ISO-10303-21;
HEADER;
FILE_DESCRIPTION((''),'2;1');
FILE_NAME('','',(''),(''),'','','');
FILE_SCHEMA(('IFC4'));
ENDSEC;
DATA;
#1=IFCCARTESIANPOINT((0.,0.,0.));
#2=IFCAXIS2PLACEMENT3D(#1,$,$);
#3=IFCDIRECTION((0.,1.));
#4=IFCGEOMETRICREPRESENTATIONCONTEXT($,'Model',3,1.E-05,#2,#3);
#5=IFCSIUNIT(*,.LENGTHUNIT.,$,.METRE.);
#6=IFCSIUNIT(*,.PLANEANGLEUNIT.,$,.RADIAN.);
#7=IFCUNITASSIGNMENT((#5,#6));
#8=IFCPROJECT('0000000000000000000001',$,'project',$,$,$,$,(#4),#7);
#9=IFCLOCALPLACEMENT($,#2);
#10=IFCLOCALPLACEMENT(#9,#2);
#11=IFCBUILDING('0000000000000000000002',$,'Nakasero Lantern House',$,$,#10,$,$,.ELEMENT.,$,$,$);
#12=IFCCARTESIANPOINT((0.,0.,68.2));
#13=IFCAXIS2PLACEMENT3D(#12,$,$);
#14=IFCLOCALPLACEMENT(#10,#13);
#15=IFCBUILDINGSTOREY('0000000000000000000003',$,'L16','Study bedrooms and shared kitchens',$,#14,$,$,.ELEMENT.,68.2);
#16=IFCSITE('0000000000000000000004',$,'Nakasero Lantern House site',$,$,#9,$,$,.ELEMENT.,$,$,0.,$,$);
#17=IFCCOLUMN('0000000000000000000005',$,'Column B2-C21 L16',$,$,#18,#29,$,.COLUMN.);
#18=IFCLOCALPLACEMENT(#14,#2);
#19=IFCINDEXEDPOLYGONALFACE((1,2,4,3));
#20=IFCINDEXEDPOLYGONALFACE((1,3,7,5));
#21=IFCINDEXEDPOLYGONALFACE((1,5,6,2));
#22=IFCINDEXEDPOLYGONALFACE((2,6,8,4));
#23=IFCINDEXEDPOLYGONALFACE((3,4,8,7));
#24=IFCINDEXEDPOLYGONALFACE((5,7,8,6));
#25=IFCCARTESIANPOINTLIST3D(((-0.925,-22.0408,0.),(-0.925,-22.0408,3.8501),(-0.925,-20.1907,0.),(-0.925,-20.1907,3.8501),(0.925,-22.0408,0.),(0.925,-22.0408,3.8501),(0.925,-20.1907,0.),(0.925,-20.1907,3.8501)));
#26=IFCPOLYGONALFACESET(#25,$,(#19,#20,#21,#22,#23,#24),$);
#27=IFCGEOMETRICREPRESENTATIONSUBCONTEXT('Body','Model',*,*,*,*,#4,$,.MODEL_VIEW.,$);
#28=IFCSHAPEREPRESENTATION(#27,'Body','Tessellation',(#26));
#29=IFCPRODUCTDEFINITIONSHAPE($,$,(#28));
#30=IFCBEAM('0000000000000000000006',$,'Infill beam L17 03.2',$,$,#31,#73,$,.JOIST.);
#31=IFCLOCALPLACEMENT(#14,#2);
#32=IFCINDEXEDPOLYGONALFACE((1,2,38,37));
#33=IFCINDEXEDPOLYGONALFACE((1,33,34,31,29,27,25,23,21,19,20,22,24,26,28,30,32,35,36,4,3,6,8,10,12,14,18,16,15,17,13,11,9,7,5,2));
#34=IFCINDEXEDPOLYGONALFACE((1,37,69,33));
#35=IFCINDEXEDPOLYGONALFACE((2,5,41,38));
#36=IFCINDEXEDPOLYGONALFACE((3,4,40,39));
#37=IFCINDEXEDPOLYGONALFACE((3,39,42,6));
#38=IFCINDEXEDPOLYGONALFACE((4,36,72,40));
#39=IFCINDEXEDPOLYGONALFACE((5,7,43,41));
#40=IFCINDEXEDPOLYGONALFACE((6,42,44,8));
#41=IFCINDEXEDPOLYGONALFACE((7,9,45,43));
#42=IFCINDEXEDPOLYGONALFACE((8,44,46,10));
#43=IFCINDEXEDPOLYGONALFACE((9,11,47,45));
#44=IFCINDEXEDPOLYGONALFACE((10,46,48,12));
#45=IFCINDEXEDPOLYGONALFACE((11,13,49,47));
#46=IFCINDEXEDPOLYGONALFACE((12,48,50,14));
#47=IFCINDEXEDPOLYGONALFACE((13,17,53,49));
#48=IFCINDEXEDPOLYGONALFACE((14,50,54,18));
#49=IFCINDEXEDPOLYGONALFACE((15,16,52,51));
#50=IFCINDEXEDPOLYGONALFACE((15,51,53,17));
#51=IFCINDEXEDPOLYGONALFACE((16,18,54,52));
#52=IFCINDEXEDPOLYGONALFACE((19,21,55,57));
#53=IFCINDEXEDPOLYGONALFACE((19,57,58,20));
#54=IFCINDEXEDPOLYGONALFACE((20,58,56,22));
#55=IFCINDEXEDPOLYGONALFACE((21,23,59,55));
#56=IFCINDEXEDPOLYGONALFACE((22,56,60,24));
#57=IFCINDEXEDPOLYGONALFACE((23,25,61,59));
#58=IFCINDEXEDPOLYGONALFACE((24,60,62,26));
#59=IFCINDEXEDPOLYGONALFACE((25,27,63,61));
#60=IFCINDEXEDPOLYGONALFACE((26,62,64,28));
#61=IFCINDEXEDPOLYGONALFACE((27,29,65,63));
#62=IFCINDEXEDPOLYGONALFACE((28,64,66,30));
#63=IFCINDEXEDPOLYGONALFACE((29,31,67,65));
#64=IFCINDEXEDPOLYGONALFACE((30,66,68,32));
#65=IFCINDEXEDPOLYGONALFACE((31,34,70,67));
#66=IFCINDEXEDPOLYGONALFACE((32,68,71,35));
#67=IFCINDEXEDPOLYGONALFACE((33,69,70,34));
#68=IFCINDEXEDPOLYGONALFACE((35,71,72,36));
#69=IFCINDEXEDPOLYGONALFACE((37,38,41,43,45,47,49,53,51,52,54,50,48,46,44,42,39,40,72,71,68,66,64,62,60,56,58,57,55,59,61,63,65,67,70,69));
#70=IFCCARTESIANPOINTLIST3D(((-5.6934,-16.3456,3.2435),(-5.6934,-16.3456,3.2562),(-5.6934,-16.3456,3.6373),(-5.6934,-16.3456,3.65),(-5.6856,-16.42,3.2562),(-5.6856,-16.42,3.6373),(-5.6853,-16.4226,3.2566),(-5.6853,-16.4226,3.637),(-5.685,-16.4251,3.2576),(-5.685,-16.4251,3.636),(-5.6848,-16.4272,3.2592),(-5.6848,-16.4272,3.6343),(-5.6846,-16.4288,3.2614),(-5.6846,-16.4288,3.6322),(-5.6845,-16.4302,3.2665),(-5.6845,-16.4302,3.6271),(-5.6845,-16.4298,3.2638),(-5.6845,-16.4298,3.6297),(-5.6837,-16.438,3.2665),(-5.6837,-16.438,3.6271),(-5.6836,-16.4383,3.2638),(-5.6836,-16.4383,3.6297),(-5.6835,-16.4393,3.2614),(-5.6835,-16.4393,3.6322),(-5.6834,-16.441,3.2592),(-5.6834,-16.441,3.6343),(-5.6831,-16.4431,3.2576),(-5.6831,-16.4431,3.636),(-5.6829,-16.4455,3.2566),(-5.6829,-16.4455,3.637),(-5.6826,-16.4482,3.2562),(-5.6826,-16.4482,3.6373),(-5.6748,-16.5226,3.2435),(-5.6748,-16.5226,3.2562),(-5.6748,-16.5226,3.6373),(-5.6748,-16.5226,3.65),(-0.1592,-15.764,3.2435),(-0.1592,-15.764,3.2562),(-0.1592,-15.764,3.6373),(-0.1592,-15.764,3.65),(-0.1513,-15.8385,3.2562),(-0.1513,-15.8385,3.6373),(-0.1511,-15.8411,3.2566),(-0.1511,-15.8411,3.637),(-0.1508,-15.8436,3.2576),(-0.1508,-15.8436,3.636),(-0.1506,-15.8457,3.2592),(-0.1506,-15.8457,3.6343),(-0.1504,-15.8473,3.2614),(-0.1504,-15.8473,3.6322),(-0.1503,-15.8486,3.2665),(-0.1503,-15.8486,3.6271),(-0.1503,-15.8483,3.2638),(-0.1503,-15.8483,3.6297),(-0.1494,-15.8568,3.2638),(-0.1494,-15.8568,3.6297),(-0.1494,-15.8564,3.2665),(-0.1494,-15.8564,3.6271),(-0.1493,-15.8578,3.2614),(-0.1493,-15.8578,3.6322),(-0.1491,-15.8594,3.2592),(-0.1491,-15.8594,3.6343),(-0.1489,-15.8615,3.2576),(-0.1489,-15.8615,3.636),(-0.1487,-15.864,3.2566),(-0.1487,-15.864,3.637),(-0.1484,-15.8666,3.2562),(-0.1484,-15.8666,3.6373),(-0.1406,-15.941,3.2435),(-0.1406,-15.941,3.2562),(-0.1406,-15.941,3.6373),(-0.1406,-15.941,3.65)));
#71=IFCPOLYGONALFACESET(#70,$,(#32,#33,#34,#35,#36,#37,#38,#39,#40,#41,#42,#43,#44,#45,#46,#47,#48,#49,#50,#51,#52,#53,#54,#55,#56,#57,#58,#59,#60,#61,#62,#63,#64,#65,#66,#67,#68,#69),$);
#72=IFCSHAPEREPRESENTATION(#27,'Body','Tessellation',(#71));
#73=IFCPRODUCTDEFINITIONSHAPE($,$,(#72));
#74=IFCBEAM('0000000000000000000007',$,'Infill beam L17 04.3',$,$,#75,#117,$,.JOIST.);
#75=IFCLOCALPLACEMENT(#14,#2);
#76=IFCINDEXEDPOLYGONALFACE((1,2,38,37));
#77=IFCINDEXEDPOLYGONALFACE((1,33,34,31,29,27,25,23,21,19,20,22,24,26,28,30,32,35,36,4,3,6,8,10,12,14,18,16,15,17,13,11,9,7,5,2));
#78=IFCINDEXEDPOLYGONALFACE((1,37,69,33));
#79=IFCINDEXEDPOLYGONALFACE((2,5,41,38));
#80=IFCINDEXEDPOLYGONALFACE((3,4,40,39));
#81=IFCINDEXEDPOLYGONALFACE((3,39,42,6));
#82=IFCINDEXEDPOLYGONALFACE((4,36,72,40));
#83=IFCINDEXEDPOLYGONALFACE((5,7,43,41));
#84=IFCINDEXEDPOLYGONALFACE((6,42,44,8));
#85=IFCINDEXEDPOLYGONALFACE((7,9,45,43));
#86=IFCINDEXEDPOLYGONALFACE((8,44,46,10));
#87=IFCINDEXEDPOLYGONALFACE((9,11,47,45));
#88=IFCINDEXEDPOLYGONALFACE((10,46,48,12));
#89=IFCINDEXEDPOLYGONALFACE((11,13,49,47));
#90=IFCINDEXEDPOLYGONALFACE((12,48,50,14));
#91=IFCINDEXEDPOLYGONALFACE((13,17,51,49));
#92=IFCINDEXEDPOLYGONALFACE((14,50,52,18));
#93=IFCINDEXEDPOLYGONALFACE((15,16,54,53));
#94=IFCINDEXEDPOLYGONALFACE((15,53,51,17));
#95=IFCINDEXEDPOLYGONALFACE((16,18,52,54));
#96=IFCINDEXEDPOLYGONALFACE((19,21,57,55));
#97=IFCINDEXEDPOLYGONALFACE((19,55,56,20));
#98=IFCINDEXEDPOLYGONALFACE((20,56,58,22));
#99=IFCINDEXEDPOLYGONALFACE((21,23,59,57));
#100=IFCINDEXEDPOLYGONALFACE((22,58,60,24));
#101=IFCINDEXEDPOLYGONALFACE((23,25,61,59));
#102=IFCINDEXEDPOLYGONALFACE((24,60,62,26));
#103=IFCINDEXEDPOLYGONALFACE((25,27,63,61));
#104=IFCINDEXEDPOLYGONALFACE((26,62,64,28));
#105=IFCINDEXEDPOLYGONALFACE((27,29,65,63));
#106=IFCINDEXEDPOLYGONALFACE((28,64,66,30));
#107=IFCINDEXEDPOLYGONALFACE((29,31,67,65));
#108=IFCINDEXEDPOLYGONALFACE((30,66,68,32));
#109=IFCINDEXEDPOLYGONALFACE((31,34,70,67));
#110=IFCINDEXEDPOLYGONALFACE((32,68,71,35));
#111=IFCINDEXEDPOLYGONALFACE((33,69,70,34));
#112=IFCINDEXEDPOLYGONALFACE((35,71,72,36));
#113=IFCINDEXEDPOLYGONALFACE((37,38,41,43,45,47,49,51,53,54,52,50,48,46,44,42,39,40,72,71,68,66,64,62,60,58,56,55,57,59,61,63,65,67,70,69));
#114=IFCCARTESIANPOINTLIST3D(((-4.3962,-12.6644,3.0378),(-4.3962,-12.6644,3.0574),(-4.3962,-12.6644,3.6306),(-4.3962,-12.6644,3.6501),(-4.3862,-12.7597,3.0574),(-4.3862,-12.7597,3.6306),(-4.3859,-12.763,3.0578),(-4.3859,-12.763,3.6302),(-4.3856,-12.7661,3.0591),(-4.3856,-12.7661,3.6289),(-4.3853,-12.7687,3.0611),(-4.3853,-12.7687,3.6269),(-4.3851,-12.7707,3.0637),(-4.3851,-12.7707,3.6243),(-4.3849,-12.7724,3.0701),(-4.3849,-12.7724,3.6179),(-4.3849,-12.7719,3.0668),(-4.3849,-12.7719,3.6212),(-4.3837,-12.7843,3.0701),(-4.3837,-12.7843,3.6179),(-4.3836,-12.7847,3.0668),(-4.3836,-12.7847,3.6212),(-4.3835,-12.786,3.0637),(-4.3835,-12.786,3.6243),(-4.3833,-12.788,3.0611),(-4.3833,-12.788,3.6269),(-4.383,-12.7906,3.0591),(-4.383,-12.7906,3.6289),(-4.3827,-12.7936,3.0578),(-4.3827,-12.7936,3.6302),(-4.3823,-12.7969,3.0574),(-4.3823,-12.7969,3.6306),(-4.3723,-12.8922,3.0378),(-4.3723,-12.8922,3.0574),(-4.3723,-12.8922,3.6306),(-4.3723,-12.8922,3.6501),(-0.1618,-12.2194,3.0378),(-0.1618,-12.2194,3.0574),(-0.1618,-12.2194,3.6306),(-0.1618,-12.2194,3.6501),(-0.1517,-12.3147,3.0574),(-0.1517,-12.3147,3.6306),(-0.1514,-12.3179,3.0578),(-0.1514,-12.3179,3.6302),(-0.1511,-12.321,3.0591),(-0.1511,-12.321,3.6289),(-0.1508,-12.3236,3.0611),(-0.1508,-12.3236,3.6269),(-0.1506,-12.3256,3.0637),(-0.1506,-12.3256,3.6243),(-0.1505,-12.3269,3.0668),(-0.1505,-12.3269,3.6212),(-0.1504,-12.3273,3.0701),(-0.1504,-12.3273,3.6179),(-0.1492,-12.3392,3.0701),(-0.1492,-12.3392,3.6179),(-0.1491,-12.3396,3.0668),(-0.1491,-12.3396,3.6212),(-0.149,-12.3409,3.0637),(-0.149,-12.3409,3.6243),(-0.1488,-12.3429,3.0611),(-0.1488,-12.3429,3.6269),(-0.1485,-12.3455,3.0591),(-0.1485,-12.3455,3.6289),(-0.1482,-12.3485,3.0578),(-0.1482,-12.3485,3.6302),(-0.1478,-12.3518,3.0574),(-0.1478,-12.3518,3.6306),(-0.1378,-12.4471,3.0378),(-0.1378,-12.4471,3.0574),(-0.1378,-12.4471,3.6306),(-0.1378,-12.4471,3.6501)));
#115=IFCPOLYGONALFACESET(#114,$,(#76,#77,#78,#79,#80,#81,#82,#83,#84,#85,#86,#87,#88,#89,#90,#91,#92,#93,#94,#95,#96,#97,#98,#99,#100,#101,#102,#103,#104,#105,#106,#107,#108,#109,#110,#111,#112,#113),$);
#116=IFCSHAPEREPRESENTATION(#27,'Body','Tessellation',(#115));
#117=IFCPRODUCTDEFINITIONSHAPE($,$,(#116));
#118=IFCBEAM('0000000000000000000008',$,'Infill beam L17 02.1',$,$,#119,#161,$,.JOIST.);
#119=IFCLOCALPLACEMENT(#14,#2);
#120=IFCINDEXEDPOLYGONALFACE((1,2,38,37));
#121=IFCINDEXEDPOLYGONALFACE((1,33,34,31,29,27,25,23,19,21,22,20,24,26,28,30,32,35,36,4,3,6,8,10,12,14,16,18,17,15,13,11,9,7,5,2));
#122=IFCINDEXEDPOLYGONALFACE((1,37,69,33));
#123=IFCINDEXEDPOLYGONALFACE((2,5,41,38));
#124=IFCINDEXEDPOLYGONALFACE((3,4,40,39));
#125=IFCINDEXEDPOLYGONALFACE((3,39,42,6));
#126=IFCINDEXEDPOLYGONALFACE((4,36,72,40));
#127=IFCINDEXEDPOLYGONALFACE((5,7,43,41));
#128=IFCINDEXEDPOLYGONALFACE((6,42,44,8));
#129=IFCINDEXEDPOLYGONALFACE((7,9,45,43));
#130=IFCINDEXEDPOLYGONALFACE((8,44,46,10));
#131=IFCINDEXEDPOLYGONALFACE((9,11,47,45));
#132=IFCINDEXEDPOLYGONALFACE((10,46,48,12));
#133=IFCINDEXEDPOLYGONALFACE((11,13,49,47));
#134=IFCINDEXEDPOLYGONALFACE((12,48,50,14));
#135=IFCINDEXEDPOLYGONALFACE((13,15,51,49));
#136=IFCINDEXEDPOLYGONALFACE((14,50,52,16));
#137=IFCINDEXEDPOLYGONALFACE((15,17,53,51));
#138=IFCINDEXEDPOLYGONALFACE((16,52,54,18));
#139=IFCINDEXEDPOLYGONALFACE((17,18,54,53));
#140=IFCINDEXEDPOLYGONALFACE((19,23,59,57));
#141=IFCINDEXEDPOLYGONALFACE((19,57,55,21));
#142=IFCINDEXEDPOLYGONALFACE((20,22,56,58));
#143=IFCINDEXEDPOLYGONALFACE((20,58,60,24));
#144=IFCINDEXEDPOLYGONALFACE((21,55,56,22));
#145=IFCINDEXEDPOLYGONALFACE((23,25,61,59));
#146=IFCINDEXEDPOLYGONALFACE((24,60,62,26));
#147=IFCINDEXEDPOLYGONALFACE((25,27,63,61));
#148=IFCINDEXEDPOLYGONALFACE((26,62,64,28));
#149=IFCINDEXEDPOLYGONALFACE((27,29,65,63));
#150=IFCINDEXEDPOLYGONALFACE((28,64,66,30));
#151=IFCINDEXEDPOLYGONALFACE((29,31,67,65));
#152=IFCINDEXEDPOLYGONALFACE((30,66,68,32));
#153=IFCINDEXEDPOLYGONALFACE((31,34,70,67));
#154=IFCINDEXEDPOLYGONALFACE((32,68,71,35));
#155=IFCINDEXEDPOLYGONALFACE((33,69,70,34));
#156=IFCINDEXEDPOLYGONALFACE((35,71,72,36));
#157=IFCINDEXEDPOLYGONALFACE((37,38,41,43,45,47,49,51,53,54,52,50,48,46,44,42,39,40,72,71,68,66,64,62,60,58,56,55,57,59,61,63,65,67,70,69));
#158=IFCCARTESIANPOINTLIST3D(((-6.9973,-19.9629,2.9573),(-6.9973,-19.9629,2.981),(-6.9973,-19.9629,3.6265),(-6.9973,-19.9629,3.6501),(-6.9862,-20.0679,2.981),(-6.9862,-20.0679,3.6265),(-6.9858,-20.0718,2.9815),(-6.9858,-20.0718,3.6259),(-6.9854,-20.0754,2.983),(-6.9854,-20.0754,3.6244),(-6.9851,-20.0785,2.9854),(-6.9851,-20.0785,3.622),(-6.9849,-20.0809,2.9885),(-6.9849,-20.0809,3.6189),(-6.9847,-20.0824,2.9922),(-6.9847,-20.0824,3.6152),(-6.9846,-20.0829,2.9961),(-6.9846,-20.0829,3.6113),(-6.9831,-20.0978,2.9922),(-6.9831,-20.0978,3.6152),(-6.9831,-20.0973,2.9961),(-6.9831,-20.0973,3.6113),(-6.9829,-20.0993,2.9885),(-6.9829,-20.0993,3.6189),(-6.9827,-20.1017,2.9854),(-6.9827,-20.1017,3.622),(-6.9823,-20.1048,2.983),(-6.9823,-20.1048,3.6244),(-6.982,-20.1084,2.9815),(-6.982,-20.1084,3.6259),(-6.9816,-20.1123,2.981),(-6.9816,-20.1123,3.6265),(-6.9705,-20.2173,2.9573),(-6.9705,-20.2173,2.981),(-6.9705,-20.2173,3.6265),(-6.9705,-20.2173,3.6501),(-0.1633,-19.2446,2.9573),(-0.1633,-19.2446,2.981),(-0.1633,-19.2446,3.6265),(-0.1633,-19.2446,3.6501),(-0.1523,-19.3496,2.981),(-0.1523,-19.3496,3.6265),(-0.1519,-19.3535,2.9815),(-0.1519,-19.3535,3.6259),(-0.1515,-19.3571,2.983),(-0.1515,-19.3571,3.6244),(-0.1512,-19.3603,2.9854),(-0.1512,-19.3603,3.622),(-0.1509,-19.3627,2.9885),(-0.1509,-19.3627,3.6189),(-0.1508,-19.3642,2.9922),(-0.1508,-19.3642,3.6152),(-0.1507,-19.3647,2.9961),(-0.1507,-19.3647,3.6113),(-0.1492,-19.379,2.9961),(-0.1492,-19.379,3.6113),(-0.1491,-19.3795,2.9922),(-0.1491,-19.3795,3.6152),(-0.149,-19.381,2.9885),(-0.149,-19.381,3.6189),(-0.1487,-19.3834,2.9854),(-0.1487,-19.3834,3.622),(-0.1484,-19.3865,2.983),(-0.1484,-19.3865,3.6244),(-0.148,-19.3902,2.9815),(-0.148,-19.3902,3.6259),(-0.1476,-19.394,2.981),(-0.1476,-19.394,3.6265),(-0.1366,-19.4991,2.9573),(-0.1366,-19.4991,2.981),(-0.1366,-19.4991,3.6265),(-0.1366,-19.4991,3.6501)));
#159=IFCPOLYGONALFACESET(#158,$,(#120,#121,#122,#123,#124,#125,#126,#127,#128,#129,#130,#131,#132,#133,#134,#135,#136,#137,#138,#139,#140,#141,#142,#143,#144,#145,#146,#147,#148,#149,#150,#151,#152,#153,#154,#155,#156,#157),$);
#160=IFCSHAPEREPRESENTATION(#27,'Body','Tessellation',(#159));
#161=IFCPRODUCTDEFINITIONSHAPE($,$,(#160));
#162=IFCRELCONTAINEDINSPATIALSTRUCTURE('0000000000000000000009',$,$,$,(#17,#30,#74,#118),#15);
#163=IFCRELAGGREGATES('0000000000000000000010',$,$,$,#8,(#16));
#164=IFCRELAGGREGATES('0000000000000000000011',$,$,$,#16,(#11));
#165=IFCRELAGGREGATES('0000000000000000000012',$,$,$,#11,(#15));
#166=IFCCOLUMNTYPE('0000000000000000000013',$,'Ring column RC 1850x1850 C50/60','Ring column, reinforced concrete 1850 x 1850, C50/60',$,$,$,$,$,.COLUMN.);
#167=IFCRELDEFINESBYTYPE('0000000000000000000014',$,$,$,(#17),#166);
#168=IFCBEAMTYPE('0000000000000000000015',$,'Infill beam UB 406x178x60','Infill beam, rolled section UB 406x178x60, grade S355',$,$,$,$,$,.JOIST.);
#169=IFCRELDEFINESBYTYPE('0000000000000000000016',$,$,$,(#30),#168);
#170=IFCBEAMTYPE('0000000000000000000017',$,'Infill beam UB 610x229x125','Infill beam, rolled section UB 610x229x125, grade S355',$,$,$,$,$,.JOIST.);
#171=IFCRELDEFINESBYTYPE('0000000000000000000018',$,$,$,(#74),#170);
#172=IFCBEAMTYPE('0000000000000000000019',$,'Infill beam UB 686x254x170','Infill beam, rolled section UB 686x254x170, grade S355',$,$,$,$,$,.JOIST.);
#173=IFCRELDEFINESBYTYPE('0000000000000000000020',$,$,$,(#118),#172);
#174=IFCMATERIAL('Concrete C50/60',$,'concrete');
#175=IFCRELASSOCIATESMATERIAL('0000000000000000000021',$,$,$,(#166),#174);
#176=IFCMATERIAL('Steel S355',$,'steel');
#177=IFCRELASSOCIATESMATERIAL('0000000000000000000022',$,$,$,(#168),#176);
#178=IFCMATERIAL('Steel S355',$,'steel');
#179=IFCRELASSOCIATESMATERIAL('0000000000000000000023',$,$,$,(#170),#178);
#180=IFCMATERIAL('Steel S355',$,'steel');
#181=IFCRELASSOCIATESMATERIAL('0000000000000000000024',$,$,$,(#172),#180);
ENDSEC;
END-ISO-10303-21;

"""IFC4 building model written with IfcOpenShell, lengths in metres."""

from ifc_helpers import new_model, si_unit, direction, frame, origin, origin_2d, place, context, subcontext, project, spatial, rectangle, i_section, extrude, material, material_profile, profile_set, type_object, element, save


model = new_model("IFC4")

# Units and contexts
model_context = context("Model", 3, precision=1e-05, world=origin(), true_north=direction((0.0, 1.0)))
body_context = subcontext(model_context, "Body", "Model", "MODEL_VIEW")
ifc_project = project(units=[si_unit("LENGTHUNIT", "METRE"), si_unit("PLANEANGLEUNIT", "RADIAN")], contexts=[model_context])

# Site, building, storey
site_placement = place(None, origin())
site = spatial("IfcSite", under=ifc_project, at=site_placement, Name="Nakasero Lantern House site", CompositionType="ELEMENT", RefElevation=0.0)
building_placement = place(site_placement, origin())
building = spatial("IfcBuilding", under=site, at=building_placement, Name="Nakasero Lantern House", CompositionType="ELEMENT")
storey_placement = place(building_placement, frame((0.0, 0.0, 68.2)))
storey = spatial("IfcBuildingStorey", under=building, at=storey_placement, Name="L16", Description="Study bedrooms and shared kitchens", CompositionType="ELEMENT", Elevation=68.2)

# Column
ifc_material_1 = material(Name="Concrete C50/60", Category="concrete")
ifc_material_profile_1 = material_profile(ifc_material_1, rectangle(XDim=1.8501, YDim=1.8501, at=origin_2d()), Name="RC 1850x1850")
ifc_profile_set_1 = profile_set([ifc_material_profile_1], Name="Concrete C50/60")
column_type = type_object("IfcColumnType", Name="Ring column RC 1850x1850 C50/60", Description="Ring column, reinforced concrete 1850 x 1850, C50/60", PredefinedType="COLUMN", material=ifc_profile_set_1)
column_placement = place(storey_placement, frame((0.0, -21.1157, 0.0), z_axis=(0.0, 0.0, 1.0), x_axis=(1.0, 0.0, 0.0)))
element("IfcColumn", 1, at=column_placement, inside=storey, type_object=column_type, Name="Column B2-C21 L16", PredefinedType="COLUMN", context=body_context, shape_type="SweptSolid", body=[
    extrude(rectangle(XDim=1.8501, YDim=1.8501, at=origin_2d()), origin(), (0.0, 0.0, 1.0), 3.8501),
])

# Beams
ifc_material_2 = material(Name="Steel S355", Category="steel")
ifc_material_profile_2 = material_profile(ifc_material_2, i_section(OverallWidth=0.178, OverallDepth=0.4065, WebThickness=0.0078, FlangeThickness=0.0127, FilletRadius=0.0103, at=origin_2d()), Name="UB 406x178x60")
ifc_profile_set_2 = profile_set([ifc_material_profile_2], Name="Steel S355")
beam_type_1 = type_object("IfcBeamType", Name="Infill beam UB 406x178x60", Description="Infill beam, rolled section UB 406x178x60, grade S355", PredefinedType="JOIST", material=ifc_profile_set_2)
beam_1_placement = place(storey_placement, frame((-5.6841, -16.4341, 3.4468), z_axis=(0.994524, 0.104507, 0.0), x_axis=(-0.104507, 0.994524, 0.0)))
element("IfcBeam", 2, at=beam_1_placement, inside=storey, type_object=beam_type_1, Name="Infill beam L17 03.2", PredefinedType="JOIST", context=body_context, shape_type="SweptSolid", body=[
    extrude(i_section(OverallWidth=0.178, OverallDepth=0.4065, WebThickness=0.0078, FlangeThickness=0.0127, FilletRadius=0.0103, at=origin_2d()), origin(), (0.0, 0.0, 1.0), 5.5647),
])
ifc_material_3 = material(Name="Steel S355", Category="steel")
ifc_material_profile_3 = material_profile(ifc_material_3, i_section(OverallWidth=0.229, OverallDepth=0.6123, WebThickness=0.012, FlangeThickness=0.0195, FilletRadius=0.0127, at=origin_2d()), Name="UB 610x229x125")
ifc_profile_set_3 = profile_set([ifc_material_profile_3], Name="Steel S355")
beam_type_2 = type_object("IfcBeamType", Name="Infill beam UB 610x229x125", Description="Infill beam, rolled section UB 610x229x125, grade S355", PredefinedType="JOIST", material=ifc_profile_set_3)
beam_2_placement = place(storey_placement, frame((-4.3843, -12.7783, 3.344), z_axis=(0.994521, 0.104533, 0.0), x_axis=(-0.104533, 0.994521, 0.0)))
element("IfcBeam", 3, at=beam_2_placement, inside=storey, type_object=beam_type_2, Name="Infill beam L17 04.3", PredefinedType="JOIST", context=body_context, shape_type="SweptSolid", body=[
    extrude(i_section(OverallWidth=0.229, OverallDepth=0.6123, WebThickness=0.012, FlangeThickness=0.0195, FilletRadius=0.0127, at=origin_2d()), origin(), (0.0, 0.0, 1.0), 4.2578),
])
ifc_material_4 = material(Name="Steel S355", Category="steel")
ifc_material_profile_4 = material_profile(ifc_material_4, i_section(OverallWidth=0.2559, OverallDepth=0.6929, WebThickness=0.0144, FlangeThickness=0.0237, FilletRadius=0.0151, at=origin_2d()), Name="UB 686x254x170")
ifc_profile_set_4 = profile_set([ifc_material_profile_4], Name="Steel S355")
beam_type_3 = type_object("IfcBeamType", Name="Infill beam UB 686x254x170", Description="Infill beam, rolled section UB 686x254x170, grade S355", PredefinedType="JOIST", material=ifc_profile_set_4)
beam_3_placement = place(storey_placement, frame((-6.9839, -20.0901, 3.3037), z_axis=(0.994522, 0.104526, 0.0), x_axis=(-0.104526, 0.994522, 0.0)))
element("IfcBeam", 4, at=beam_3_placement, inside=storey, type_object=beam_type_3, Name="Infill beam L17 02.1", PredefinedType="JOIST", context=body_context, shape_type="SweptSolid", body=[
    extrude(i_section(OverallWidth=0.2559, OverallDepth=0.6929, WebThickness=0.0144, FlangeThickness=0.0237, FilletRadius=0.0151, at=origin_2d()), origin(), (0.0, 0.0, 1.0), 6.8716),
])

save(model, "model.ifc")
